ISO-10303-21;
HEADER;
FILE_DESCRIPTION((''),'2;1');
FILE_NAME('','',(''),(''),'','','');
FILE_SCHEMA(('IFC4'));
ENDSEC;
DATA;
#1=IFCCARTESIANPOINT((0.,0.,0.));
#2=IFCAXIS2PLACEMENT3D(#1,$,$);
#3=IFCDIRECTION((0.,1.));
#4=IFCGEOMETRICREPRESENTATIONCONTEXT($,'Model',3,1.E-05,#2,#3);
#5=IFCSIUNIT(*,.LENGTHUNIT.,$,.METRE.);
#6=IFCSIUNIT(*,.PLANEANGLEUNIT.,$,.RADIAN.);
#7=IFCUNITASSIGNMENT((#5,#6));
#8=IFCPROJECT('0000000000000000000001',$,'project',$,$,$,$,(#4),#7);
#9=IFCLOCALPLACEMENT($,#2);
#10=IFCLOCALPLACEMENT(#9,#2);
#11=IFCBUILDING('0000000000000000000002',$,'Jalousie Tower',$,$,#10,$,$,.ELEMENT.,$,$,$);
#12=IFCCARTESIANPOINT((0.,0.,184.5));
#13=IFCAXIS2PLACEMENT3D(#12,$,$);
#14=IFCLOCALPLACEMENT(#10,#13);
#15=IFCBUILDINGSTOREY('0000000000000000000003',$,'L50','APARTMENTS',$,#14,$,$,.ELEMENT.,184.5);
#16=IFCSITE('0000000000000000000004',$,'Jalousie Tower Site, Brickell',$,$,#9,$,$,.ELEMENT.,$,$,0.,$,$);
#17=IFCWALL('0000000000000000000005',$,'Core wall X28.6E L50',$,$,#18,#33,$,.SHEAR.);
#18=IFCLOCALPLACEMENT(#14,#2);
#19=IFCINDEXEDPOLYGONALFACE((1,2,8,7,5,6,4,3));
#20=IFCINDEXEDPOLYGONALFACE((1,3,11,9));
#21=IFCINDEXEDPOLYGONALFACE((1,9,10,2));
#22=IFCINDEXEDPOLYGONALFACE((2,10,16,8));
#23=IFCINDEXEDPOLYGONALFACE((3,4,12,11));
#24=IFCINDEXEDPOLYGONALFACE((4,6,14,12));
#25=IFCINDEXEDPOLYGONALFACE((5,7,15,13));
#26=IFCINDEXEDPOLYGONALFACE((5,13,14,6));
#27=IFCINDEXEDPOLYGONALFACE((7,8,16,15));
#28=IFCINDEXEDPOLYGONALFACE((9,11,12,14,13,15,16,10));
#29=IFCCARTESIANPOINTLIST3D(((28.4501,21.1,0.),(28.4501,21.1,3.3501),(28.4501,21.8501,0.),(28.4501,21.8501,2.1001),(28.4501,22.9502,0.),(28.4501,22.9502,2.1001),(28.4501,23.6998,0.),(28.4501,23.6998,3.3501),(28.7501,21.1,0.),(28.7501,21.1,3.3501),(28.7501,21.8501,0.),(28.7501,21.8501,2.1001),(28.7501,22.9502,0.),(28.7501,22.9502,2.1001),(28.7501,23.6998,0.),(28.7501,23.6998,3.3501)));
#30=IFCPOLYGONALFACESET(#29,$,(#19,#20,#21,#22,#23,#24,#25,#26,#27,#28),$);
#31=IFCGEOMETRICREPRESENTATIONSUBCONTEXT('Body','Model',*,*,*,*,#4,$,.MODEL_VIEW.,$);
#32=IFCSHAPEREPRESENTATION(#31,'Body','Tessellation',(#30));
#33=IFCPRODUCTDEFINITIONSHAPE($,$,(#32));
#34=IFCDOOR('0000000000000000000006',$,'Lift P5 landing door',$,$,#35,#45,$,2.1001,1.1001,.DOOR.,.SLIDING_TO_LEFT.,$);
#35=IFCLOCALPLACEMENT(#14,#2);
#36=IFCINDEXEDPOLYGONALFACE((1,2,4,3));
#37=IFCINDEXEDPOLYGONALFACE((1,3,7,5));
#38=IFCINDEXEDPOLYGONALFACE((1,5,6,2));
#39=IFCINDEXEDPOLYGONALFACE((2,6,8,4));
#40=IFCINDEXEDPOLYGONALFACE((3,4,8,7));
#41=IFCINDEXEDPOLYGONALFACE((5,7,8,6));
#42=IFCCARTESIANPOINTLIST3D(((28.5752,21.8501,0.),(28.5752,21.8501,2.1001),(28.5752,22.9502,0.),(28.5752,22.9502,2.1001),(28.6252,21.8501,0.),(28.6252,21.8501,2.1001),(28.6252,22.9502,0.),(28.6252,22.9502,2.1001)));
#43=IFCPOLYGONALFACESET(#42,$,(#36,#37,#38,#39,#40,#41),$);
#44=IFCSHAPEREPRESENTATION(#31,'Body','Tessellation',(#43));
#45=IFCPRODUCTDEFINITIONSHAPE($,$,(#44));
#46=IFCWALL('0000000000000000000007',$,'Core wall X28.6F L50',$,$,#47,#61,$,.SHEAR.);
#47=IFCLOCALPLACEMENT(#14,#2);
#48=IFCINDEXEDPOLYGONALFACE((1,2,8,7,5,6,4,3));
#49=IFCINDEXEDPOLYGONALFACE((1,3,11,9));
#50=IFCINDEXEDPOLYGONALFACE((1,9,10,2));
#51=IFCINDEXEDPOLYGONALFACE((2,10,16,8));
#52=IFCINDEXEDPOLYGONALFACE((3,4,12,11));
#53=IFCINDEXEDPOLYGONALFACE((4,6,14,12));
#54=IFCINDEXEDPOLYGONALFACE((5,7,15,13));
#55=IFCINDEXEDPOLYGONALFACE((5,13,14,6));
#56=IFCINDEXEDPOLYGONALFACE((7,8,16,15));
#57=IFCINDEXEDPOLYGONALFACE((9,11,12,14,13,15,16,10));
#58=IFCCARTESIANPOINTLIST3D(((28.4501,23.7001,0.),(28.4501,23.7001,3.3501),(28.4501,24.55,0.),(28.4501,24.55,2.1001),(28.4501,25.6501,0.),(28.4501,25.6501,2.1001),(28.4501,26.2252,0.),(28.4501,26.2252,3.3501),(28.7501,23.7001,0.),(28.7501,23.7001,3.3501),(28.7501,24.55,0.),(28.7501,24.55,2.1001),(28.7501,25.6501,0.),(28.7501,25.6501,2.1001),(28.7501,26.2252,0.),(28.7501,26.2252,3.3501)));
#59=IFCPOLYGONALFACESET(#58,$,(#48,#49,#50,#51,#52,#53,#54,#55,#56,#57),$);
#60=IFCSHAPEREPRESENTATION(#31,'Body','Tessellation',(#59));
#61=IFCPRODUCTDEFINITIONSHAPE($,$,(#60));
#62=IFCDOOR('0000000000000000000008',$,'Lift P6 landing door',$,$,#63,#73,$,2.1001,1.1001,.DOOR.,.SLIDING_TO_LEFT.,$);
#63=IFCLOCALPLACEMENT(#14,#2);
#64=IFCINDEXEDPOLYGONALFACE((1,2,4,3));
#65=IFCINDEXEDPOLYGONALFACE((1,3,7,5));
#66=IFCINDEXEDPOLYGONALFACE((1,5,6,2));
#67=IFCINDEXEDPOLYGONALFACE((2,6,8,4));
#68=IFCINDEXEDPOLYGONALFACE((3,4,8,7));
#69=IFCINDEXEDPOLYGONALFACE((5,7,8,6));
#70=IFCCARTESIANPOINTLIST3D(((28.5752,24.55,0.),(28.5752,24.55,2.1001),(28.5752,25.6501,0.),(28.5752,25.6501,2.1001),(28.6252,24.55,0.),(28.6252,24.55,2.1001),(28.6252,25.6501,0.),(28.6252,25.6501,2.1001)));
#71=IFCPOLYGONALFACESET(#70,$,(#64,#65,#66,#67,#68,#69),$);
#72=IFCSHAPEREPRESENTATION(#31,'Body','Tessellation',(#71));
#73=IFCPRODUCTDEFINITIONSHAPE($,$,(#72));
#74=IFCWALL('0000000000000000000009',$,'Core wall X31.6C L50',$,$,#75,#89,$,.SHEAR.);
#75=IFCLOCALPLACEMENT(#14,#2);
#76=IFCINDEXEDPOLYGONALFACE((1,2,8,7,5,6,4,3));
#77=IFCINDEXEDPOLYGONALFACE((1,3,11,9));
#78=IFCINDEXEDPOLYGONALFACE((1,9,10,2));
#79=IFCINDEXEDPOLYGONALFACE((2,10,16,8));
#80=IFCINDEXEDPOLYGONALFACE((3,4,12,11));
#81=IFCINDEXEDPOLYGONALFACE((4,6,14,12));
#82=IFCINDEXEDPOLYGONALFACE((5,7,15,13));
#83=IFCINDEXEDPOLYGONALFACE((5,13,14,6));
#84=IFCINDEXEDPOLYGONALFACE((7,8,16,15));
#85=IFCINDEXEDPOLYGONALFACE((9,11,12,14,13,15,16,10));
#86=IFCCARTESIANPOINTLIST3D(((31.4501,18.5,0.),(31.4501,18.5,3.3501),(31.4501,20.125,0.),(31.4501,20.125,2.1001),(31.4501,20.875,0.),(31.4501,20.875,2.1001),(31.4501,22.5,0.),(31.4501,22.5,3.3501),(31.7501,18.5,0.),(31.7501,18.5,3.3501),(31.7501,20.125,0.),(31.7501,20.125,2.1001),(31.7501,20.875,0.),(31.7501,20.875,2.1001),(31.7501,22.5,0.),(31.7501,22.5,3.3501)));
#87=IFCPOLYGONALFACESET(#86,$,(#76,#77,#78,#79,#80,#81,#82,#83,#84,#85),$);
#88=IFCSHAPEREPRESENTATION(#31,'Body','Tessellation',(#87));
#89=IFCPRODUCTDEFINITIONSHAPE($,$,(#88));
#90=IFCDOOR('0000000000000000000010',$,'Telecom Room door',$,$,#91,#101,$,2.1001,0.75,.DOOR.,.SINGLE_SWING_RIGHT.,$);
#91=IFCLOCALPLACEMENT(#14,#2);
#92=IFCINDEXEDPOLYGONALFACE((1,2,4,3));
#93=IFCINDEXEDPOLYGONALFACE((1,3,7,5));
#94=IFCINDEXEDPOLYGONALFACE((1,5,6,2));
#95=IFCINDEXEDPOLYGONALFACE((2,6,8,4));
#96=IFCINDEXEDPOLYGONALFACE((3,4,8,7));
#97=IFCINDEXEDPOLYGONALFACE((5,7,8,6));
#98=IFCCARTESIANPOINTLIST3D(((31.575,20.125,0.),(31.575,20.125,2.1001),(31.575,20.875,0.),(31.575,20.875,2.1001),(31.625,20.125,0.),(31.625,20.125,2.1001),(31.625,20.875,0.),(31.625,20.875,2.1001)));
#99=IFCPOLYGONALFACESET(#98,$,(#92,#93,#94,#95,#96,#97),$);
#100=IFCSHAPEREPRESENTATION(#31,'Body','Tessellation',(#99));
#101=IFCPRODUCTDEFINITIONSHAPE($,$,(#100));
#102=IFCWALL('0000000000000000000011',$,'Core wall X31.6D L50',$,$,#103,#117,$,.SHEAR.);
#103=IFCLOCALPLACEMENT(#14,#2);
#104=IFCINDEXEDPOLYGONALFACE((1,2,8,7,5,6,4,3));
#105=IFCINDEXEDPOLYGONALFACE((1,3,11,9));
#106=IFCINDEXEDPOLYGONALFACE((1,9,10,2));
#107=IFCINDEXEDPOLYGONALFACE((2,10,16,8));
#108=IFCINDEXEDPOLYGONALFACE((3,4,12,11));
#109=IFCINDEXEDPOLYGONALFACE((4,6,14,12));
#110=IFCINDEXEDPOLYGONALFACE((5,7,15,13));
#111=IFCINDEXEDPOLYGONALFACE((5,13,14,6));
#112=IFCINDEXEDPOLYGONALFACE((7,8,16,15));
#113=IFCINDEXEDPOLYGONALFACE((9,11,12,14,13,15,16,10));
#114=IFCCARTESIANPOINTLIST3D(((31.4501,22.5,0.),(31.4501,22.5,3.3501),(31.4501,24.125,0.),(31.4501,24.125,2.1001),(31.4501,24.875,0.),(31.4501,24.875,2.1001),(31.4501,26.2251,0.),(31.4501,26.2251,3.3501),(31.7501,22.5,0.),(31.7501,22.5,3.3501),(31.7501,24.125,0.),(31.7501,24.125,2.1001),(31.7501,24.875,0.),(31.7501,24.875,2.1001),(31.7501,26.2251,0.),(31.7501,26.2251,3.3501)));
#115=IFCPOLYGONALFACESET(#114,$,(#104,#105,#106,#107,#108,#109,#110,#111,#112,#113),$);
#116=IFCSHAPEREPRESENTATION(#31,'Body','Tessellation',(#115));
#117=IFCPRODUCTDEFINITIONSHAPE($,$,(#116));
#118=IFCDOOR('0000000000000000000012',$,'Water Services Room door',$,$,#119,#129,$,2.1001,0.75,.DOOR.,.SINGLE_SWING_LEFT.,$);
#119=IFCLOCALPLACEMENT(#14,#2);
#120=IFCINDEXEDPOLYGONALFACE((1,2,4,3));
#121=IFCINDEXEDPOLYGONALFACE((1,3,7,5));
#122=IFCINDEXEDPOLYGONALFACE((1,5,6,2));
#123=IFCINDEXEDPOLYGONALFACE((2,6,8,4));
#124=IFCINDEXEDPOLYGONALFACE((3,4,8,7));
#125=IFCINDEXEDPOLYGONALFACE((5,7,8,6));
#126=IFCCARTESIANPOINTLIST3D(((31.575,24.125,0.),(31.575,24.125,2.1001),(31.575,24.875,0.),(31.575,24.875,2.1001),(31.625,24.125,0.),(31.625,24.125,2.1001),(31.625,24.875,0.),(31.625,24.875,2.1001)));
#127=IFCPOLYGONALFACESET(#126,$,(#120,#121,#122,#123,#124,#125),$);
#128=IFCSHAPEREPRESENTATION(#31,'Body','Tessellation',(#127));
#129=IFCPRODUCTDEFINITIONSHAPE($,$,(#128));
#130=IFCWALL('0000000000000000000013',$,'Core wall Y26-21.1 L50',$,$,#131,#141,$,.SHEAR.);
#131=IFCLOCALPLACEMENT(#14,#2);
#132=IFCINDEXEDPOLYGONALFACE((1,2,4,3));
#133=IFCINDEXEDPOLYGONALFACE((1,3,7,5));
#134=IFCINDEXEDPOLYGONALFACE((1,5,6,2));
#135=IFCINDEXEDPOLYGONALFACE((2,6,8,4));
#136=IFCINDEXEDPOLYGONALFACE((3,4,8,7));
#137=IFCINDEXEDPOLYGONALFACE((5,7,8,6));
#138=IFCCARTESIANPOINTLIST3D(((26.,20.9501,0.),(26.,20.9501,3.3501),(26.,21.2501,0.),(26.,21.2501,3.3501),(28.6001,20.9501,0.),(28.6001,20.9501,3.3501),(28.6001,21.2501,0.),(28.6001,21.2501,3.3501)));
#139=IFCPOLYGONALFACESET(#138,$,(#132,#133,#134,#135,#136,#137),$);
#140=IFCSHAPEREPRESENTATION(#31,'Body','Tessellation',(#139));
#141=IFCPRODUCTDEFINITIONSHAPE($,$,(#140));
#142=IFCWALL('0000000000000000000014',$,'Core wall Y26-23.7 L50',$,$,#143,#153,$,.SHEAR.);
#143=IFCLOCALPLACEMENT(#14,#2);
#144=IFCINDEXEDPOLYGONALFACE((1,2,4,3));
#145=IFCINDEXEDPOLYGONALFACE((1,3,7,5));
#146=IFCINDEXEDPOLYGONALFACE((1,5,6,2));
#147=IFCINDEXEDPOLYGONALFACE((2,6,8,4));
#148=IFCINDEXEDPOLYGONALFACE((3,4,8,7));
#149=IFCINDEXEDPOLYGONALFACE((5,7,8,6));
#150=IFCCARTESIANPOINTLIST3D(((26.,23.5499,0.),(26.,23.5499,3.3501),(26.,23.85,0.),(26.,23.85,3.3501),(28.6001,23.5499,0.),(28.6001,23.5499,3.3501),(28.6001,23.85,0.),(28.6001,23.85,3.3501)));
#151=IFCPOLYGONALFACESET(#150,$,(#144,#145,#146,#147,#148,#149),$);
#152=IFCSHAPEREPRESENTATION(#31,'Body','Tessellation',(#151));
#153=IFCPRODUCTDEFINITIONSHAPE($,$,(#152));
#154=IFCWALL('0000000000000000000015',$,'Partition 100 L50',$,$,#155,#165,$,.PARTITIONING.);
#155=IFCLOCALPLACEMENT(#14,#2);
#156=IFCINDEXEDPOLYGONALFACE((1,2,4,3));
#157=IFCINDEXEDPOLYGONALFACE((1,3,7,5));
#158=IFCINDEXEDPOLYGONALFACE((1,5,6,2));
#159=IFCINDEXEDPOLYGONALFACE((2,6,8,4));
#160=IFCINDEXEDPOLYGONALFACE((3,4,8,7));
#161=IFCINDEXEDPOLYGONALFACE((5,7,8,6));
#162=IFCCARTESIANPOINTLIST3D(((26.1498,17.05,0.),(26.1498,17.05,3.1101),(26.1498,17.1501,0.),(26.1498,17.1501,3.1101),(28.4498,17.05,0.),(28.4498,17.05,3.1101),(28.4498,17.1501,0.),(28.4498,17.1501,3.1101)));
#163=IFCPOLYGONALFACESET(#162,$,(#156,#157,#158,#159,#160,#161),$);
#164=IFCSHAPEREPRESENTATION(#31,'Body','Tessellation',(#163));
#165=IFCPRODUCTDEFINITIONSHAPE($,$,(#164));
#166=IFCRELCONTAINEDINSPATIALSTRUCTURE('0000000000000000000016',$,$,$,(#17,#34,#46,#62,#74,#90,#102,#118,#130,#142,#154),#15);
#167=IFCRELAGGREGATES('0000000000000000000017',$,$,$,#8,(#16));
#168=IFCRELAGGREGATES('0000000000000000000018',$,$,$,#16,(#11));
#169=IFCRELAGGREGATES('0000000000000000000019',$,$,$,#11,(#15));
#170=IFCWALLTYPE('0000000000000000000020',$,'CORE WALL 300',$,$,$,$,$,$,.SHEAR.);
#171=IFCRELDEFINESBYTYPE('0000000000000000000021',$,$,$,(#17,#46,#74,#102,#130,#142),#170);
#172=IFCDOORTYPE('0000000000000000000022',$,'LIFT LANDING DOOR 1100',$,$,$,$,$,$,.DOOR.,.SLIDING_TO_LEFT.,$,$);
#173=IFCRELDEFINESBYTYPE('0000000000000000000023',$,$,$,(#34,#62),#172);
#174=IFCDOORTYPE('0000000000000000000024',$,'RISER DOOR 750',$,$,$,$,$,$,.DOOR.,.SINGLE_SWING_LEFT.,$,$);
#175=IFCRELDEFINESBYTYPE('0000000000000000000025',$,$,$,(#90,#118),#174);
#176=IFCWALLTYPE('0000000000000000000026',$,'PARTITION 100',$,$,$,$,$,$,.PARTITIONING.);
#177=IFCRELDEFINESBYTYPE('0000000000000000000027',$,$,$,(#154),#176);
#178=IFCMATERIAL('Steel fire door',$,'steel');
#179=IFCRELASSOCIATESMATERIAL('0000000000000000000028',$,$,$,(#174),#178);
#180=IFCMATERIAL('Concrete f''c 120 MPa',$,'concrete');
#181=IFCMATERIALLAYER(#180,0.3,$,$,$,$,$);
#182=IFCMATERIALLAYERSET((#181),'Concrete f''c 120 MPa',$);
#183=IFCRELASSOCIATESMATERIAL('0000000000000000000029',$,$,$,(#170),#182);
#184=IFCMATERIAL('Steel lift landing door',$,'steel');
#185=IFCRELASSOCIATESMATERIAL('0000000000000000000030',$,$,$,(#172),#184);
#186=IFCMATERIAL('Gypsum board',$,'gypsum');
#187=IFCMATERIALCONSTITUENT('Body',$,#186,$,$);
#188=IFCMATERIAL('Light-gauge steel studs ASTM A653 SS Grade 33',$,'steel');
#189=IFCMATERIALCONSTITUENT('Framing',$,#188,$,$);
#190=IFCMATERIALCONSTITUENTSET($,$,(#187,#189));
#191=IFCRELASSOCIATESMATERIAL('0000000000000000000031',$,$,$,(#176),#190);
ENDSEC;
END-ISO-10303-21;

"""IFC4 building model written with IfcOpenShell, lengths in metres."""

from ifc_helpers import new_model, si_unit, direction, frame, frame_2d, origin, place, context, subcontext, project, spatial, rectangle, extrude, material, layer, layer_set, constituent, constituent_set, type_object, element, fill, save


model = new_model("IFC4")

# Units and contexts
model_context = context("Model", 3, precision=1e-05, world=origin(), true_north=direction((0.0, 1.0)))
body_context = subcontext(model_context, "Body", "Model", "MODEL_VIEW")
ifc_project = project(units=[si_unit("LENGTHUNIT", "METRE"), si_unit("PLANEANGLEUNIT", "RADIAN")], contexts=[model_context])

# Site, building, storey
site_placement = place(None, origin())
site = spatial("IfcSite", under=ifc_project, at=site_placement, Name="Jalousie Tower Site, Brickell", CompositionType="ELEMENT", RefElevation=0.0)
building_placement = place(site_placement, origin())
building = spatial("IfcBuilding", under=site, at=building_placement, Name="Jalousie Tower", CompositionType="ELEMENT")
storey_placement = place(building_placement, frame((0.0, 0.0, 184.5)))
storey = spatial("IfcBuildingStorey", under=building, at=storey_placement, Name="L50", Description="APARTMENTS", CompositionType="ELEMENT", Elevation=184.5)

# Shared definitions
ifc_material_1 = material(Name="Steel fire door", Category="steel")
door_type_1 = type_object("IfcDoorType", Name="RISER DOOR 750", OperationType="SINGLE_SWING_LEFT", PredefinedType="DOOR", material=ifc_material_1)

# Shared definitions
ifc_material_2 = material(Name="Concrete f'c 120 MPa", Category="concrete")
ifc_layer_1 = layer(ifc_material_2, 0.3)
ifc_layer_set_1 = layer_set([ifc_layer_1], Name="Concrete f'c 120 MPa")
wall_type_1 = type_object("IfcWallType", Name="CORE WALL 300", PredefinedType="SHEAR", material=ifc_layer_set_1)

# Walls, openings, doors
ifc_material_3 = material(Name="Steel lift landing door", Category="steel")
door_type_2 = type_object("IfcDoorType", Name="LIFT LANDING DOOR 1100", OperationType="SLIDING_TO_LEFT", PredefinedType="DOOR", material=ifc_material_3)
wall_1_placement = place(storey_placement, frame((28.6001, 21.1001, 0.0), z_axis=(0.0, 0.0, 1.0), x_axis=(0.0, 1.0, 0.0)))
wall_1 = element("IfcWall", 1, at=wall_1_placement, inside=storey, type_object=wall_type_1, Name="Core wall X28.6E L50", PredefinedType="SHEAR", context=body_context, shape_type="SweptSolid", body=[
    extrude(rectangle(XDim=2.5999, YDim=0.3, at=frame_2d((1.2998, 0.0))), origin(), (0.0, 0.0, 1.0), 3.3501),
])
opening_1_placement = place(wall_1_placement, frame((0.75, 0.0, 0.0)))
opening_1 = element("IfcOpeningElement", 2, at=opening_1_placement, cuts=wall_1, PredefinedType="OPENING", context=body_context, shape_type="SweptSolid", body=[
    extrude(rectangle(XDim=1.1001, YDim=2.1001, at=frame_2d((0.55, 1.05))), frame((0.0, 0.1599, 0.0), z_axis=(0.0, -1.0, 0.0), x_axis=(1.0, 0.0, 0.0)), (0.0, 0.0, 1.0), 0.3201),
])
door_1_placement = place(opening_1_placement, origin())
door_1 = element("IfcDoor", 3, at=door_1_placement, inside=storey, type_object=door_type_2, Name="Lift P5 landing door", OperationType="SLIDING_TO_LEFT", OverallHeight=2.1001, OverallWidth=1.1001, PredefinedType="DOOR", context=body_context, shape_type="SweptSolid", body=[
    extrude(rectangle(XDim=1.1001, YDim=2.1001, at=frame_2d((0.55, 1.05))), frame((0.0, 0.0249, 0.0), z_axis=(0.0, -1.0, 0.0), x_axis=(1.0, 0.0, 0.0)), (0.0, 0.0, 1.0), 0.05),
])
fill(opening_1, door_1)
wall_2_placement = place(storey_placement, frame((28.6001, 23.7, 0.0), z_axis=(0.0, 0.0, 1.0), x_axis=(0.0, 1.0, 0.0)))
wall_2 = element("IfcWall", 4, at=wall_2_placement, inside=storey, type_object=wall_type_1, Name="Core wall X28.6F L50", PredefinedType="SHEAR", context=body_context, shape_type="SweptSolid", body=[
    extrude(rectangle(XDim=2.5251, YDim=0.3, at=frame_2d((1.2627, 0.0))), origin(), (0.0, 0.0, 1.0), 3.3501),
])
opening_2_placement = place(wall_2_placement, frame((0.8501, 0.0, 0.0)))
opening_2 = element("IfcOpeningElement", 5, at=opening_2_placement, cuts=wall_2, PredefinedType="OPENING", context=body_context, shape_type="SweptSolid", body=[
    extrude(rectangle(XDim=1.1001, YDim=2.1001, at=frame_2d((0.55, 1.05))), frame((0.0, 0.1599, 0.0), z_axis=(0.0, -1.0, 0.0), x_axis=(1.0, 0.0, 0.0)), (0.0, 0.0, 1.0), 0.3201),
])
door_2_placement = place(opening_2_placement, origin())
door_2 = element("IfcDoor", 6, at=door_2_placement, inside=storey, type_object=door_type_2, Name="Lift P6 landing door", OperationType="SLIDING_TO_LEFT", OverallHeight=2.1001, OverallWidth=1.1001, PredefinedType="DOOR", context=body_context, shape_type="SweptSolid", body=[
    extrude(rectangle(XDim=1.1001, YDim=2.1001, at=frame_2d((0.55, 1.05))), frame((0.0, 0.0249, 0.0), z_axis=(0.0, -1.0, 0.0), x_axis=(1.0, 0.0, 0.0)), (0.0, 0.0, 1.0), 0.05),
])
fill(opening_2, door_2)
wall_3_placement = place(storey_placement, frame((31.6001, 18.5, 0.0), z_axis=(0.0, 0.0, 1.0), x_axis=(0.0, 1.0, 0.0)))
wall_3 = element("IfcWall", 7, at=wall_3_placement, inside=storey, type_object=wall_type_1, Name="Core wall X31.6C L50", PredefinedType="SHEAR", context=body_context, shape_type="SweptSolid", body=[
    extrude(rectangle(XDim=4.0, YDim=0.3, at=frame_2d((2.0, 0.0))), origin(), (0.0, 0.0, 1.0), 3.3501),
])
opening_3_placement = place(wall_3_placement, frame((1.625, 0.0, 0.0)))
opening_3 = element("IfcOpeningElement", 8, at=opening_3_placement, cuts=wall_3, PredefinedType="OPENING", context=body_context, shape_type="SweptSolid", body=[
    extrude(rectangle(XDim=0.75, YDim=2.1001, at=frame_2d((0.375, 1.05))), frame((0.0, 0.1599, 0.0), z_axis=(0.0, -1.0, 0.0), x_axis=(1.0, 0.0, 0.0)), (0.0, 0.0, 1.0), 0.3201),
])
door_3_placement = place(opening_3_placement, frame((0.75, 0.0, 0.0), z_axis=(0.0, 0.0, 1.0), x_axis=(-1.0, 0.0, 0.0)))
door_3 = element("IfcDoor", 9, at=door_3_placement, inside=storey, type_object=door_type_1, Name="Telecom Room door", OperationType="SINGLE_SWING_RIGHT", OverallHeight=2.1001, OverallWidth=0.75, PredefinedType="DOOR", context=body_context, shape_type="SweptSolid", body=[
    extrude(rectangle(XDim=0.75, YDim=2.1001, at=frame_2d((0.375, 1.05))), frame((0.0, 0.0249, 0.0), z_axis=(0.0, -1.0, 0.0), x_axis=(1.0, 0.0, 0.0)), (0.0, 0.0, 1.0), 0.05),
])
fill(opening_3, door_3)
wall_4_placement = place(storey_placement, frame((31.6001, 22.5, 0.0), z_axis=(0.0, 0.0, 1.0), x_axis=(0.0, 1.0, 0.0)))
wall_4 = element("IfcWall", 10, at=wall_4_placement, inside=storey, type_object=wall_type_1, Name="Core wall X31.6D L50", PredefinedType="SHEAR", context=body_context, shape_type="SweptSolid", body=[
    extrude(rectangle(XDim=3.7251, YDim=0.3, at=frame_2d((1.8625, 0.0))), origin(), (0.0, 0.0, 1.0), 3.3501),
])
opening_4_placement = place(wall_4_placement, frame((1.625, 0.0, 0.0)))
opening_4 = element("IfcOpeningElement", 11, at=opening_4_placement, cuts=wall_4, PredefinedType="OPENING", context=body_context, shape_type="SweptSolid", body=[
    extrude(rectangle(XDim=0.75, YDim=2.1001, at=frame_2d((0.375, 1.05))), frame((0.0, 0.1599, 0.0), z_axis=(0.0, -1.0, 0.0), x_axis=(1.0, 0.0, 0.0)), (0.0, 0.0, 1.0), 0.3201),
])
door_4_placement = place(opening_4_placement, frame((0.75, 0.0, 0.0), z_axis=(0.0, 0.0, 1.0), x_axis=(-1.0, 0.0, 0.0)))
door_4 = element("IfcDoor", 12, at=door_4_placement, inside=storey, type_object=door_type_1, Name="Water Services Room door", OperationType="SINGLE_SWING_LEFT", OverallHeight=2.1001, OverallWidth=0.75, PredefinedType="DOOR", context=body_context, shape_type="SweptSolid", body=[
    extrude(rectangle(XDim=0.75, YDim=2.1001, at=frame_2d((0.375, 1.05))), frame((0.0, 0.0249, 0.0), z_axis=(0.0, -1.0, 0.0), x_axis=(1.0, 0.0, 0.0)), (0.0, 0.0, 1.0), 0.05),
])
fill(opening_4, door_4)

# Walls
for number, where, z_axis, x_axis, name in (
    (13, (26.0, 21.1001, 0.0), (0.0, 0.0, 1.0), (1.0, 0.0, 0.0), "Core wall Y26-21.1 L50"),
    (14, (26.0, 23.7, 0.0), (0.0, 0.0, 1.0), (1.0, 0.0, 0.0), "Core wall Y26-23.7 L50"),
):
    element("IfcWall", number, at=place(storey_placement, frame(where, z_axis=z_axis, x_axis=x_axis)), inside=storey, type_object=wall_type_1, Name=name, PredefinedType="SHEAR", context=body_context, shape_type="SweptSolid", body=[
        extrude(rectangle(XDim=2.6001, YDim=0.3, at=frame_2d((1.3, 0.0))), origin(), (0.0, 0.0, 1.0), 3.3501),
    ])
ifc_material_4 = material(Name="Gypsum board", Category="gypsum")
ifc_constituent_1 = constituent(ifc_material_4, Name="Body")
ifc_material_5 = material(Name="Light-gauge steel studs ASTM A653 SS Grade 33", Category="steel")
ifc_constituent_2 = constituent(ifc_material_5, Name="Framing")
ifc_constituent_set = constituent_set(constituents=[ifc_constituent_1, ifc_constituent_2])
wall_type_2 = type_object("IfcWallType", Name="PARTITION 100", PredefinedType="PARTITIONING", material=ifc_constituent_set)
wall_5_placement = place(storey_placement, frame((26.1499, 17.1001, 0.0), z_axis=(0.0, 0.0, 1.0), x_axis=(1.0, 0.0, 0.0)))
element("IfcWall", 15, at=wall_5_placement, inside=storey, type_object=wall_type_2, Name="Partition 100 L50", PredefinedType="PARTITIONING", context=body_context, shape_type="SweptSolid", body=[
    extrude(rectangle(XDim=2.3, YDim=0.1001, at=frame_2d((1.1499, 0.0))), origin(), (0.0, 0.0, 1.0), 3.1101),
])

save(model, "model.ifc")
